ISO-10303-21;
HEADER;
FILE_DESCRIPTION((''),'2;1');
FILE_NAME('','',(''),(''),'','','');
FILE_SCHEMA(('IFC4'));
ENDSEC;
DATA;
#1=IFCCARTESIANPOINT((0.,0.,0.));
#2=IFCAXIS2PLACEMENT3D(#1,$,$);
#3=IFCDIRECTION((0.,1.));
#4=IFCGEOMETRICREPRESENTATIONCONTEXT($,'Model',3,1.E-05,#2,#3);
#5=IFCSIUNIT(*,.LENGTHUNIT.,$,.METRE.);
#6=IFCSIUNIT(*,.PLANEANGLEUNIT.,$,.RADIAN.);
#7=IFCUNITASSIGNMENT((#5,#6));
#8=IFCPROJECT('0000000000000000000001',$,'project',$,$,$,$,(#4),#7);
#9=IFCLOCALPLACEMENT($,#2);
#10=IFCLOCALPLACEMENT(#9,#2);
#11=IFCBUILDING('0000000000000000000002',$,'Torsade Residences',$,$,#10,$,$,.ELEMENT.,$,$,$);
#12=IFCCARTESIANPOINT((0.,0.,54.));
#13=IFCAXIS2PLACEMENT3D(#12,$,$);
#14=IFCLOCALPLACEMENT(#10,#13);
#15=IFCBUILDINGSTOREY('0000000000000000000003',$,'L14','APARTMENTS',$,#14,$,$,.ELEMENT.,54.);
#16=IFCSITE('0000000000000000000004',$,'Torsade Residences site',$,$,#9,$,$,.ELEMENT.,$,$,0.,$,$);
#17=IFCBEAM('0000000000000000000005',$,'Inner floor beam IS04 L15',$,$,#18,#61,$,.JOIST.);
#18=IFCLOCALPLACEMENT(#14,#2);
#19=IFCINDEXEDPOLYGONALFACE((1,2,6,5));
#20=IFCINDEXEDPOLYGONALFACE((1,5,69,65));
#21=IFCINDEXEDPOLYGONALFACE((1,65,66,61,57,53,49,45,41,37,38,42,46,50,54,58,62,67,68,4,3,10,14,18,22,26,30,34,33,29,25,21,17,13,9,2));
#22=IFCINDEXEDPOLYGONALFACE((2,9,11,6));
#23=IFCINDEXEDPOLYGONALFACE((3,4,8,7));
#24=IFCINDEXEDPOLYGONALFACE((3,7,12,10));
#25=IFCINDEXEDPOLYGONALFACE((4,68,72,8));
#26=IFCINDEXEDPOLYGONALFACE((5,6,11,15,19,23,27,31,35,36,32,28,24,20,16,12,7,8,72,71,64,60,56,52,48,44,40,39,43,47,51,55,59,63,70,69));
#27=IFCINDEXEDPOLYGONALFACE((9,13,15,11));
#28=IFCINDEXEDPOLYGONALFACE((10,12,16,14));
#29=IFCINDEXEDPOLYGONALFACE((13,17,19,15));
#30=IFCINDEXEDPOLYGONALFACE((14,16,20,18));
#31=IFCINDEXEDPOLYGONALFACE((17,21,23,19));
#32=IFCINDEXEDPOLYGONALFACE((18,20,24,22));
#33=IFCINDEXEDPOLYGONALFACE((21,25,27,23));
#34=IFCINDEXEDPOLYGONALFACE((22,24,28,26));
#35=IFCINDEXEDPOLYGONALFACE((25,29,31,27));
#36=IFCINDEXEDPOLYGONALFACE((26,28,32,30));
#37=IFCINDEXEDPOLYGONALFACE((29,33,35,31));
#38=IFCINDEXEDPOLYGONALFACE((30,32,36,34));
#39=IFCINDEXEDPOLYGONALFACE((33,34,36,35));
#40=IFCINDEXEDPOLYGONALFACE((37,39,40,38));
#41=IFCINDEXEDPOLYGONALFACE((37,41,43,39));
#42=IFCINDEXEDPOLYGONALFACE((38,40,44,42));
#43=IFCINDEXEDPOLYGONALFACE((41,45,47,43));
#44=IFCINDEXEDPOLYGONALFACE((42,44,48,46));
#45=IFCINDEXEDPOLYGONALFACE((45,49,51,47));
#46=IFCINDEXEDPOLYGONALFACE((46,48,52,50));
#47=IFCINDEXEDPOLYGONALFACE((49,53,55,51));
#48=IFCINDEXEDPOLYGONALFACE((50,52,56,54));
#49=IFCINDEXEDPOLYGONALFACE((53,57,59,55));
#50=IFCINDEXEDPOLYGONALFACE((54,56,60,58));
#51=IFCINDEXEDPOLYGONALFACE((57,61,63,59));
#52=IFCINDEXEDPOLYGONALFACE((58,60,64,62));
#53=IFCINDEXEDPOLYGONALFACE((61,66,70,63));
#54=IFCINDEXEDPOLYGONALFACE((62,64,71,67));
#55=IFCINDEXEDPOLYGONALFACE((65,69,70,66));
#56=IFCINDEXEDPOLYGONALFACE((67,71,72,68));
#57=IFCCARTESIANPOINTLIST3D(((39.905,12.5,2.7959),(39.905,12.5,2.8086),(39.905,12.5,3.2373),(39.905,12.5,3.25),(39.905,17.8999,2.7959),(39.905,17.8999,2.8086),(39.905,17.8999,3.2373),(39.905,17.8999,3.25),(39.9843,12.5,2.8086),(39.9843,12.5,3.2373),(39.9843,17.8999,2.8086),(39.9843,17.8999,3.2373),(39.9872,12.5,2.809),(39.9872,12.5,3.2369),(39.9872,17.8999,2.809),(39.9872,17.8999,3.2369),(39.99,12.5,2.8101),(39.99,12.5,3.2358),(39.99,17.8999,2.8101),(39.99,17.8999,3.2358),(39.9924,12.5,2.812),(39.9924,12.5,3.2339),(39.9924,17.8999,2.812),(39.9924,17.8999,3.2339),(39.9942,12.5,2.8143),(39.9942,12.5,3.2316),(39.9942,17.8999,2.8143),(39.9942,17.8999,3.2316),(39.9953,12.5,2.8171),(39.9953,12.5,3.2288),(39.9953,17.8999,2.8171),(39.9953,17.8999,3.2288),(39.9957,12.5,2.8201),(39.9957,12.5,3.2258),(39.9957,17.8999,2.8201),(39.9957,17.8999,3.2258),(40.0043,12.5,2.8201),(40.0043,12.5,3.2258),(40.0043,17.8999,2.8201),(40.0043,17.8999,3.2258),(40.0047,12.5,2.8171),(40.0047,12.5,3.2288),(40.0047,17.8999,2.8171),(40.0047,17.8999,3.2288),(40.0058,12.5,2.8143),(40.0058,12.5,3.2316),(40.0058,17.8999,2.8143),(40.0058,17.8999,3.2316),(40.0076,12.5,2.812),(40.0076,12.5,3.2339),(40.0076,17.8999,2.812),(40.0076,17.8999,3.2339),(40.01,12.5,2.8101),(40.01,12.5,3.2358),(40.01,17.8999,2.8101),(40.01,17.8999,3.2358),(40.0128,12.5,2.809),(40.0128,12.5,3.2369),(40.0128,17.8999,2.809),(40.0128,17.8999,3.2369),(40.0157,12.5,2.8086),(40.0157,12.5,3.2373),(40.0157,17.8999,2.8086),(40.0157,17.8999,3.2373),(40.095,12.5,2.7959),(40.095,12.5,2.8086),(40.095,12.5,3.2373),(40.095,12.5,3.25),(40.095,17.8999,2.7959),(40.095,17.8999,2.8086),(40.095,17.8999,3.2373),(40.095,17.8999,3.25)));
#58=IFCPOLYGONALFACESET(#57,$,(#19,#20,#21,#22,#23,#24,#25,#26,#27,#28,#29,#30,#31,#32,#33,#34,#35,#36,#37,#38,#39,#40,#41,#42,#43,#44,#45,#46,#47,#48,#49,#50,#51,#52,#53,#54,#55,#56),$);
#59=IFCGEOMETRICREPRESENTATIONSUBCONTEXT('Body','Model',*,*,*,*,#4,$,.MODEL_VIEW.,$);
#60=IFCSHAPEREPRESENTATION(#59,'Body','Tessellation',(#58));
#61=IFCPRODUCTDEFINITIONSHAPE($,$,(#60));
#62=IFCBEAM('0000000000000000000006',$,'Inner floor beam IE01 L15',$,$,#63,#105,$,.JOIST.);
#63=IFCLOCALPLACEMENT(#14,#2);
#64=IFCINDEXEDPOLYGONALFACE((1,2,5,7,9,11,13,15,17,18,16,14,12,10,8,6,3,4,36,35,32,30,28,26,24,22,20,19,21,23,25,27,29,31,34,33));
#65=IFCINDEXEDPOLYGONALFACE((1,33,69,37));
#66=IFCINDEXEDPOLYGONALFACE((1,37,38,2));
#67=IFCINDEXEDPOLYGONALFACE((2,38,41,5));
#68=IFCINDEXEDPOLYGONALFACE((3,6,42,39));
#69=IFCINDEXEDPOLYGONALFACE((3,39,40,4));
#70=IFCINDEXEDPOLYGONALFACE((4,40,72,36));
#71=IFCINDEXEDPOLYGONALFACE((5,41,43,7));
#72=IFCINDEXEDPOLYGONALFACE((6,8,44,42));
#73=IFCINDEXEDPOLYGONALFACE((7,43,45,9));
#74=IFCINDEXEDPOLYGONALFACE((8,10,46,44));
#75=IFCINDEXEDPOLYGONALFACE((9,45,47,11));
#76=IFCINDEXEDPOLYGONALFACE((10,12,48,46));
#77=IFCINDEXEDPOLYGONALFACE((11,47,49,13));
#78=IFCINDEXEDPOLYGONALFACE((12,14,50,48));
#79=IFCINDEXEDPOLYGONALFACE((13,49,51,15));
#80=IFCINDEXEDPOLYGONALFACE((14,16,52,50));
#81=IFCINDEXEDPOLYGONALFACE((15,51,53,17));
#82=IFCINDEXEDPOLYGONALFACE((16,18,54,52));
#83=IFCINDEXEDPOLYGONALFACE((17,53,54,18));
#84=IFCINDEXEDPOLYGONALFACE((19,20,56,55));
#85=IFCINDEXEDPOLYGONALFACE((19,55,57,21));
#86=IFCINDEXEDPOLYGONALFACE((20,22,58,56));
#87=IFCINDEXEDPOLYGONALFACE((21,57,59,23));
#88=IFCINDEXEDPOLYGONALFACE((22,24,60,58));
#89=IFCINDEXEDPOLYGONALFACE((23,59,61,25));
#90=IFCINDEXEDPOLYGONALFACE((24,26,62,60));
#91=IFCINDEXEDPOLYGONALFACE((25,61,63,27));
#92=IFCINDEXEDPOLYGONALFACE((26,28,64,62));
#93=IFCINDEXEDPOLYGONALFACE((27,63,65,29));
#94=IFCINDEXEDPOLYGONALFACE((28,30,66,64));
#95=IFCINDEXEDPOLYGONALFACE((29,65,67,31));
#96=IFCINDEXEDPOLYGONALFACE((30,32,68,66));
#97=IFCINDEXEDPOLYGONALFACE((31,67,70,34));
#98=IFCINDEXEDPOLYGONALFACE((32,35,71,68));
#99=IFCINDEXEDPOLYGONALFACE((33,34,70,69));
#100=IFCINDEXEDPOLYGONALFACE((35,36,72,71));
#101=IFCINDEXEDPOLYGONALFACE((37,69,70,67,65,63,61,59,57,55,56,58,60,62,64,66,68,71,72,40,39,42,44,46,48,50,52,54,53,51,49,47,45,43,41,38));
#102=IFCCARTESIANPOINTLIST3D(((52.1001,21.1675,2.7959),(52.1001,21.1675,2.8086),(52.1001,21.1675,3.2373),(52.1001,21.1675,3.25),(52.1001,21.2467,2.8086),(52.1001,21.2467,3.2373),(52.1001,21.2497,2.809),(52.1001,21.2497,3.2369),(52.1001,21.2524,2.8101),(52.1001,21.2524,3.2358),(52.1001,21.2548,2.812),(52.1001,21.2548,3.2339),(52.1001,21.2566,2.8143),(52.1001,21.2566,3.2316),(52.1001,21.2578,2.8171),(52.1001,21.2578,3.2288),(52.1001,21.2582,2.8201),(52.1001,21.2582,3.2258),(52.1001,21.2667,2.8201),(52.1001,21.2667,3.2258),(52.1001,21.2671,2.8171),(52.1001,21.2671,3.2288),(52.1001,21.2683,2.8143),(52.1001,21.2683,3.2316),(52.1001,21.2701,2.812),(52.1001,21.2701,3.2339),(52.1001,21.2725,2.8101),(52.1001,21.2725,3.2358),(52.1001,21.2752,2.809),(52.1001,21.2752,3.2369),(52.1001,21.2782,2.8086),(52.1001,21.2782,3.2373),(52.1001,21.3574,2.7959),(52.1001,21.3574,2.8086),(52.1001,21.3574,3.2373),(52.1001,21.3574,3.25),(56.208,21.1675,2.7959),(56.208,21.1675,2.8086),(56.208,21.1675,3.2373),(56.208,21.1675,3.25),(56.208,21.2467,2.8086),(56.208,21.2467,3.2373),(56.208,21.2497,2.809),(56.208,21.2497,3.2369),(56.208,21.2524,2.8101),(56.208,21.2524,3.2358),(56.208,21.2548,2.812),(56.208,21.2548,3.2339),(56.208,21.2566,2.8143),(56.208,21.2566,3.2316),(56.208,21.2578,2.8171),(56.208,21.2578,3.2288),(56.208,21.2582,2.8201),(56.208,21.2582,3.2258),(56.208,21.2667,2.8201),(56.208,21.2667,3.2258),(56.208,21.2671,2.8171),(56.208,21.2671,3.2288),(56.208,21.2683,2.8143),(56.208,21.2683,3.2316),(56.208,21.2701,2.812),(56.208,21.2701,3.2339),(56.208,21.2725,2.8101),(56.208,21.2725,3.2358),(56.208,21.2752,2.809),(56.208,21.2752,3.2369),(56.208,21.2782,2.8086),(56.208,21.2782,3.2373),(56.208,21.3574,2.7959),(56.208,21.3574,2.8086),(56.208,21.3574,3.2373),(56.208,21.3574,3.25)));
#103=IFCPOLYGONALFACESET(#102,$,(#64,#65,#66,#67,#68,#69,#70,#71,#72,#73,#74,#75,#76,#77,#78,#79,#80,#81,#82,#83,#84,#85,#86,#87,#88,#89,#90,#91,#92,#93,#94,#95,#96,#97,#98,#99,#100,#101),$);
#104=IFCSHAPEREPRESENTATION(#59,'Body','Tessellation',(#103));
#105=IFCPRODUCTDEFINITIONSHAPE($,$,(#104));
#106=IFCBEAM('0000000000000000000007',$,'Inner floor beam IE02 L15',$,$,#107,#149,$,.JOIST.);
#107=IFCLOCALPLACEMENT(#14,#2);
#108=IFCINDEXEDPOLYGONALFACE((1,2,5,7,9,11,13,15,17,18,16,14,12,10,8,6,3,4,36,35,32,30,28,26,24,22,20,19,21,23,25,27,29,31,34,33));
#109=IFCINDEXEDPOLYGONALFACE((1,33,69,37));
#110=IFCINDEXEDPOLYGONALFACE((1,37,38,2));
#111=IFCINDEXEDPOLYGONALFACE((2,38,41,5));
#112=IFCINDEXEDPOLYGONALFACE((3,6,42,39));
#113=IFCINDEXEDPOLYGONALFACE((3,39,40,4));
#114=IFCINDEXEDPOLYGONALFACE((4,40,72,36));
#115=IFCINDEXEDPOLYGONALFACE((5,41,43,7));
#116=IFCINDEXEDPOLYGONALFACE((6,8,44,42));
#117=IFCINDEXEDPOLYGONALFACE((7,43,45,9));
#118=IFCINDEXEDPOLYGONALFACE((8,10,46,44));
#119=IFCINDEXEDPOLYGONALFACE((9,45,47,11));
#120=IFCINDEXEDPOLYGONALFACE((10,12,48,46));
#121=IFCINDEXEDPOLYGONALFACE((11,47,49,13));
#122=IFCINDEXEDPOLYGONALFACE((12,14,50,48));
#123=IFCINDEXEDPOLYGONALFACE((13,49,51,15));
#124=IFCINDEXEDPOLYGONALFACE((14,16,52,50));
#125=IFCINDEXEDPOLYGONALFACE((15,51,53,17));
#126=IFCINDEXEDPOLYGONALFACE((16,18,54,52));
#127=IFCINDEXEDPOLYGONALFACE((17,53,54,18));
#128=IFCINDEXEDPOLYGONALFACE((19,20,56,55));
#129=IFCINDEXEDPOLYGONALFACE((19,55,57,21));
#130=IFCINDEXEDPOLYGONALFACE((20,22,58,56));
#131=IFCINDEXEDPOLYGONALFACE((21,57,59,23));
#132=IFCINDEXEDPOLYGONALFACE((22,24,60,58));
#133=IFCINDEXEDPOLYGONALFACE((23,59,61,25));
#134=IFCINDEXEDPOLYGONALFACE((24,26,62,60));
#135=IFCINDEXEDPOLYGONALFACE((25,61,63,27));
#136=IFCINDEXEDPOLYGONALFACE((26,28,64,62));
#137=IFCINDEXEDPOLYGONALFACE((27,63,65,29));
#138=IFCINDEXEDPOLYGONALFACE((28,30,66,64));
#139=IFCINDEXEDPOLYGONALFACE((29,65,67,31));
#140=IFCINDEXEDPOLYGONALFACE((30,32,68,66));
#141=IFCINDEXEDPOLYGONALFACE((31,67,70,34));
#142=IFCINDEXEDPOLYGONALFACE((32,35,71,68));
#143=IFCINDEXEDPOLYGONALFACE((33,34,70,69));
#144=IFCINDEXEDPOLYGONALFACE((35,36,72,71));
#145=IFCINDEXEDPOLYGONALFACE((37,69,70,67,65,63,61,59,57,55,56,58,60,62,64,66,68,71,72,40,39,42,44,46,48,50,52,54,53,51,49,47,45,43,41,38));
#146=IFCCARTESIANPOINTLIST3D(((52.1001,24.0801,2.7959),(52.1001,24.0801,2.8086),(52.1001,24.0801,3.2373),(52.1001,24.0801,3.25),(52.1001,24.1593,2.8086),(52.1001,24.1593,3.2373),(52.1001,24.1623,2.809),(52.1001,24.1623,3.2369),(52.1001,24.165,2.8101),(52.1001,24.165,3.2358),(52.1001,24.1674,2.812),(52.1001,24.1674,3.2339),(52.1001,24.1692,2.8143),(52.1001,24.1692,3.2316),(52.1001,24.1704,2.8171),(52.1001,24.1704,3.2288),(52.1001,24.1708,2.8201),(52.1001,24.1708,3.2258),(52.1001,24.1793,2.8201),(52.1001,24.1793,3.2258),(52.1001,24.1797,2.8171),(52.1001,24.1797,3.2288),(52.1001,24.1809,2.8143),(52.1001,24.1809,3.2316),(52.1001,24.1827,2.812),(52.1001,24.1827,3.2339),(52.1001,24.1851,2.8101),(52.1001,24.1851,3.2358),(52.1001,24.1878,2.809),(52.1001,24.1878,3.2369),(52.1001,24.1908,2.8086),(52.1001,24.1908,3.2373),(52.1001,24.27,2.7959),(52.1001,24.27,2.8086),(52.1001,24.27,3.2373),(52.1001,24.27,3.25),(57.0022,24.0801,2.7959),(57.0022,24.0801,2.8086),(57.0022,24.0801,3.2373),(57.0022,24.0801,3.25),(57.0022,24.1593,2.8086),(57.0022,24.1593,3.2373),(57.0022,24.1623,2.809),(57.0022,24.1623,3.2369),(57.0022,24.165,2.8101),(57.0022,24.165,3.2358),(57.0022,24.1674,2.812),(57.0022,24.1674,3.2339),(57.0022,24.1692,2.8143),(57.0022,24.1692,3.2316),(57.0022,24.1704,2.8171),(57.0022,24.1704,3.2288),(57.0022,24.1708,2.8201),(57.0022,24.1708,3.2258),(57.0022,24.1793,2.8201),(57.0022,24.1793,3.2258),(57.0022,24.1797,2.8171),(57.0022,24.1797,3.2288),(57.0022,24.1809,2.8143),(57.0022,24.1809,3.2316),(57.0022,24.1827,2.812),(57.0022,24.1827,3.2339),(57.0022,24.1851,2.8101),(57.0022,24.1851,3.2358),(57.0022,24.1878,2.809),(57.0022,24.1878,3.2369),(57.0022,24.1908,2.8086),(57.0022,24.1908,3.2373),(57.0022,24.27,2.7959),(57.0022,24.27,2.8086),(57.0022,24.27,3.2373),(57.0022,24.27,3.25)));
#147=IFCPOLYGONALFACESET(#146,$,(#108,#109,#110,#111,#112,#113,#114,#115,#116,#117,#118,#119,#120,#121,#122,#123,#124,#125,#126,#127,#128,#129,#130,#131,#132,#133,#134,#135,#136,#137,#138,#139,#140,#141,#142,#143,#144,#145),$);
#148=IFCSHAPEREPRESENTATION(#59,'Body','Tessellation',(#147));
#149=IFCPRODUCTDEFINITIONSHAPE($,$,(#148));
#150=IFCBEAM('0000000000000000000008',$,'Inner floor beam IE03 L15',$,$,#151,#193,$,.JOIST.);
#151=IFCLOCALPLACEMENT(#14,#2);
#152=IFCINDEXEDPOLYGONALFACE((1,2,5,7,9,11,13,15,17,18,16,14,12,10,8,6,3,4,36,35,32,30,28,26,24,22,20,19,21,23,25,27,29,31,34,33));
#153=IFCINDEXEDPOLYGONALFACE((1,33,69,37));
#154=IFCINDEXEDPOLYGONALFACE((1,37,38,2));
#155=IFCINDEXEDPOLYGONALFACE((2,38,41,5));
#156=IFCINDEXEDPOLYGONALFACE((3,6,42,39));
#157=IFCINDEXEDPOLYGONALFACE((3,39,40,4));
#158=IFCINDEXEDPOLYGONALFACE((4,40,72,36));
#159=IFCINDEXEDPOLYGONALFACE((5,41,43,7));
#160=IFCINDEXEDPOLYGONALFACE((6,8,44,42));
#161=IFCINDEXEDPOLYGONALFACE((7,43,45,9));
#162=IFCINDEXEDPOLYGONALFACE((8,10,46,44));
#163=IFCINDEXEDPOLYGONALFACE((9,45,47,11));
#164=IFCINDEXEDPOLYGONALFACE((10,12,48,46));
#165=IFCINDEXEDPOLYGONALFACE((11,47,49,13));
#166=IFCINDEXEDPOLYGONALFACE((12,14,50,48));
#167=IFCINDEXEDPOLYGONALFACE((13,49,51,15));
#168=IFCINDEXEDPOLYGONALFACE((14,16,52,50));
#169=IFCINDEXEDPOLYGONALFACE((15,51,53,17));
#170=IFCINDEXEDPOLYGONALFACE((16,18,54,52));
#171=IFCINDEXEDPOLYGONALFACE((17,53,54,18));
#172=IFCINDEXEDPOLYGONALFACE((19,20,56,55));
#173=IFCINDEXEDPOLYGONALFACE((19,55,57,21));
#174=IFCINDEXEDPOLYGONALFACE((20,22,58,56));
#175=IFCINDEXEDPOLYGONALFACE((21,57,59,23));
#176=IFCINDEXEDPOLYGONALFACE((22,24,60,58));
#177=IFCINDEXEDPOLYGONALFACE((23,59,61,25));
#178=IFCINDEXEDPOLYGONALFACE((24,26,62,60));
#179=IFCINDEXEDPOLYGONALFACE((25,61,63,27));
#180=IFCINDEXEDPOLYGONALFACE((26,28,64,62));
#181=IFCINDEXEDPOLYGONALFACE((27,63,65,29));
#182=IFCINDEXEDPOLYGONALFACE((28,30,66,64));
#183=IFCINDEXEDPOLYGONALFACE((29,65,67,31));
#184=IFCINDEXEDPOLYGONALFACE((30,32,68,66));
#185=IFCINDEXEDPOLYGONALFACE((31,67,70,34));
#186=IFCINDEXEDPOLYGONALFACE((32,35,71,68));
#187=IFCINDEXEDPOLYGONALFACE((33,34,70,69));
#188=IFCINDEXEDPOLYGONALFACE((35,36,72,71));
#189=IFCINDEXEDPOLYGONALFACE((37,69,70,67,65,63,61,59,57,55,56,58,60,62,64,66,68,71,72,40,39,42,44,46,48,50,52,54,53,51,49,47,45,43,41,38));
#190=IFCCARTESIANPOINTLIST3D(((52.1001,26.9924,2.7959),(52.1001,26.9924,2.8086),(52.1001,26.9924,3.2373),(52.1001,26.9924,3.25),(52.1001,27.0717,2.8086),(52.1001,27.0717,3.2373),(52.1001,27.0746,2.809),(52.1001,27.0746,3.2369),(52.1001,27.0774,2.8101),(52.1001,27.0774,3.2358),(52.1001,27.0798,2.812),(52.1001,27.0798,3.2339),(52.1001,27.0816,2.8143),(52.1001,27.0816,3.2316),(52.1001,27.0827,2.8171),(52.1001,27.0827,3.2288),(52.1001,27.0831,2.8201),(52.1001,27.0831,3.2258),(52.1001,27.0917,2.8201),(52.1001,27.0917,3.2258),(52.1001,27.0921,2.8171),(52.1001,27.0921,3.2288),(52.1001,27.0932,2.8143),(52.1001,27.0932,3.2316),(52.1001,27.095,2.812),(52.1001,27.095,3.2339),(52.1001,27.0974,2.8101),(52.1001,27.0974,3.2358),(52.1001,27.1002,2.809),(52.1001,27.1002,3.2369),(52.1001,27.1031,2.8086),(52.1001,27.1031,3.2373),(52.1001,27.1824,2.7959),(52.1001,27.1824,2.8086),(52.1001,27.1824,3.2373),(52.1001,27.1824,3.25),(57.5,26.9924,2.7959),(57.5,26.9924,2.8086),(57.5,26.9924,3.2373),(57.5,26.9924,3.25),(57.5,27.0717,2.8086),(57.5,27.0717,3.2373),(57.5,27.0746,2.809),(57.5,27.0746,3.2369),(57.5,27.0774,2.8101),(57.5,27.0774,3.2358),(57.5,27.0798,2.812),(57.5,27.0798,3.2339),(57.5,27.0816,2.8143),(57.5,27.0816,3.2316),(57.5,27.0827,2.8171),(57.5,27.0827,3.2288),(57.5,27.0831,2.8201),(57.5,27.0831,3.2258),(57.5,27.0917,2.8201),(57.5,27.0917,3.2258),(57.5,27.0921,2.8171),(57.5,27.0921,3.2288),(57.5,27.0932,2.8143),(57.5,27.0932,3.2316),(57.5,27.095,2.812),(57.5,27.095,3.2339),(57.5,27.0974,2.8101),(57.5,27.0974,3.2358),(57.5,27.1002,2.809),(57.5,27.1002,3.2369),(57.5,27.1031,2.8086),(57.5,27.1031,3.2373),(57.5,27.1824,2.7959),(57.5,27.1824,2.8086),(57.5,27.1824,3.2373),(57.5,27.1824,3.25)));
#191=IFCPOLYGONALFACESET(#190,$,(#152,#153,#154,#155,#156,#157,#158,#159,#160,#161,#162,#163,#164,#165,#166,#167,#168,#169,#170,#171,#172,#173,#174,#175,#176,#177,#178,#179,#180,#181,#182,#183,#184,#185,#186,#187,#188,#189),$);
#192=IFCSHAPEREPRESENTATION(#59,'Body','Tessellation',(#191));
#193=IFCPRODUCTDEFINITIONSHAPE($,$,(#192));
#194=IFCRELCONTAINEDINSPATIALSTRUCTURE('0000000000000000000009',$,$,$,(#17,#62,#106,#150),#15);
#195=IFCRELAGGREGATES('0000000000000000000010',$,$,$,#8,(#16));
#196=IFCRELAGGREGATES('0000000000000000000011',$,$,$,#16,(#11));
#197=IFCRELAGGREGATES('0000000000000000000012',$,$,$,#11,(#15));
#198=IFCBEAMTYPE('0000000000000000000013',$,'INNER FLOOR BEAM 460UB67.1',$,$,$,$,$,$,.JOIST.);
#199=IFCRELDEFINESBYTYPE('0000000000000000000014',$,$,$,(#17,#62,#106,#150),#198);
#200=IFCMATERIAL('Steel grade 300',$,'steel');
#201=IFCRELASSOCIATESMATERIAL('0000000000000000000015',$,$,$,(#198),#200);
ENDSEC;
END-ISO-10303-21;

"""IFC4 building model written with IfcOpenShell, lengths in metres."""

from ifc_helpers import new_model, si_unit, direction, frame, origin, origin_2d, place, context, subcontext, project, spatial, i_section, extrude, material, material_profile, profile_set, type_object, element, save


model = new_model("IFC4")

# Units and contexts
model_context = context("Model", 3, precision=1e-05, world=origin(), true_north=direction((0.0, 1.0)))
body_context = subcontext(model_context, "Body", "Model", "MODEL_VIEW")
ifc_project = project(units=[si_unit("LENGTHUNIT", "METRE"), si_unit("PLANEANGLEUNIT", "RADIAN")], contexts=[model_context])

# Site, building, storey
site_placement = place(None, origin())
site = spatial("IfcSite", under=ifc_project, at=site_placement, Name="Torsade Residences site", CompositionType="ELEMENT", RefElevation=0.0)
building_placement = place(site_placement, origin())
building = spatial("IfcBuilding", under=site, at=building_placement, Name="Torsade Residences", CompositionType="ELEMENT")
storey_placement = place(building_placement, frame((0.0, 0.0, 54.0)))
storey = spatial("IfcBuildingStorey", under=building, at=storey_placement, Name="L14", Description="APARTMENTS", CompositionType="ELEMENT", Elevation=54.0)

# Beams
ifc_material_1 = material(Name="Steel grade 300", Category="steel")
ifc_material_profile_1 = material_profile(ifc_material_1, i_section(OverallWidth=0.1899, OverallDepth=0.4541, WebThickness=0.0085, FlangeThickness=0.0127, FilletRadius=0.0115, at=origin_2d()), Name="460UB67.1")
ifc_profile_set_1 = profile_set([ifc_material_profile_1], Name="Steel grade 300")
beam_type_1 = type_object("IfcBeamType", Name="INNER FLOOR BEAM 460UB67.1", PredefinedType="JOIST", material=ifc_profile_set_1)
for number, where, z_axis, x_axis, name in (
    (1, (40.0, 17.8999, 3.0229), (0.0, -1.0, 0.0), (1.0, 0.0, 0.0), "Inner floor beam IS04 L15"),
):
    element("IfcBeam", number, at=place(storey_placement, frame(where, z_axis=z_axis, x_axis=x_axis)), inside=storey, type_object=beam_type_1, Name=name, PredefinedType="JOIST", context=body_context, shape_type="SweptSolid", body=[
        extrude(i_section(OverallWidth=0.1899, OverallDepth=0.4541, WebThickness=0.0085, FlangeThickness=0.0127, FilletRadius=0.0115, at=origin_2d()), origin(), (0.0, 0.0, 1.0), 5.3999),
    ])
beam_1_placement = place(storey_placement, frame((52.1001, 21.2625, 3.0229), z_axis=(1.0, 0.0, 0.0), x_axis=(0.0, 1.0, 0.0)))
element("IfcBeam", 2, at=beam_1_placement, inside=storey, type_object=beam_type_1, Name="Inner floor beam IE01 L15", PredefinedType="JOIST", context=body_context, shape_type="SweptSolid", body=[
    extrude(i_section(OverallWidth=0.1899, OverallDepth=0.4541, WebThickness=0.0085, FlangeThickness=0.0127, FilletRadius=0.0115, at=origin_2d()), origin(), (0.0, 0.0, 1.0), 4.1079),
])
beam_2_placement = place(storey_placement, frame((52.1001, 24.175, 3.0229), z_axis=(1.0, 0.0, 0.0), x_axis=(0.0, 1.0, 0.0)))
element("IfcBeam", 3, at=beam_2_placement, inside=storey, type_object=beam_type_1, Name="Inner floor beam IE02 L15", PredefinedType="JOIST", context=body_context, shape_type="SweptSolid", body=[
    extrude(i_section(OverallWidth=0.1899, OverallDepth=0.4541, WebThickness=0.0085, FlangeThickness=0.0127, FilletRadius=0.0115, at=origin_2d()), origin(), (0.0, 0.0, 1.0), 4.9021),
])
beam_3_placement = place(storey_placement, frame((52.1001, 27.0874, 3.0229), z_axis=(1.0, 0.0, 0.0), x_axis=(0.0, 1.0, 0.0)))
element("IfcBeam", 4, at=beam_3_placement, inside=storey, type_object=beam_type_1, Name="Inner floor beam IE03 L15", PredefinedType="JOIST", context=body_context, shape_type="SweptSolid", body=[
    extrude(i_section(OverallWidth=0.1899, OverallDepth=0.4541, WebThickness=0.0085, FlangeThickness=0.0127, FilletRadius=0.0115, at=origin_2d()), origin(), (0.0, 0.0, 1.0), 5.3999),
])

save(model, "model.ifc")
